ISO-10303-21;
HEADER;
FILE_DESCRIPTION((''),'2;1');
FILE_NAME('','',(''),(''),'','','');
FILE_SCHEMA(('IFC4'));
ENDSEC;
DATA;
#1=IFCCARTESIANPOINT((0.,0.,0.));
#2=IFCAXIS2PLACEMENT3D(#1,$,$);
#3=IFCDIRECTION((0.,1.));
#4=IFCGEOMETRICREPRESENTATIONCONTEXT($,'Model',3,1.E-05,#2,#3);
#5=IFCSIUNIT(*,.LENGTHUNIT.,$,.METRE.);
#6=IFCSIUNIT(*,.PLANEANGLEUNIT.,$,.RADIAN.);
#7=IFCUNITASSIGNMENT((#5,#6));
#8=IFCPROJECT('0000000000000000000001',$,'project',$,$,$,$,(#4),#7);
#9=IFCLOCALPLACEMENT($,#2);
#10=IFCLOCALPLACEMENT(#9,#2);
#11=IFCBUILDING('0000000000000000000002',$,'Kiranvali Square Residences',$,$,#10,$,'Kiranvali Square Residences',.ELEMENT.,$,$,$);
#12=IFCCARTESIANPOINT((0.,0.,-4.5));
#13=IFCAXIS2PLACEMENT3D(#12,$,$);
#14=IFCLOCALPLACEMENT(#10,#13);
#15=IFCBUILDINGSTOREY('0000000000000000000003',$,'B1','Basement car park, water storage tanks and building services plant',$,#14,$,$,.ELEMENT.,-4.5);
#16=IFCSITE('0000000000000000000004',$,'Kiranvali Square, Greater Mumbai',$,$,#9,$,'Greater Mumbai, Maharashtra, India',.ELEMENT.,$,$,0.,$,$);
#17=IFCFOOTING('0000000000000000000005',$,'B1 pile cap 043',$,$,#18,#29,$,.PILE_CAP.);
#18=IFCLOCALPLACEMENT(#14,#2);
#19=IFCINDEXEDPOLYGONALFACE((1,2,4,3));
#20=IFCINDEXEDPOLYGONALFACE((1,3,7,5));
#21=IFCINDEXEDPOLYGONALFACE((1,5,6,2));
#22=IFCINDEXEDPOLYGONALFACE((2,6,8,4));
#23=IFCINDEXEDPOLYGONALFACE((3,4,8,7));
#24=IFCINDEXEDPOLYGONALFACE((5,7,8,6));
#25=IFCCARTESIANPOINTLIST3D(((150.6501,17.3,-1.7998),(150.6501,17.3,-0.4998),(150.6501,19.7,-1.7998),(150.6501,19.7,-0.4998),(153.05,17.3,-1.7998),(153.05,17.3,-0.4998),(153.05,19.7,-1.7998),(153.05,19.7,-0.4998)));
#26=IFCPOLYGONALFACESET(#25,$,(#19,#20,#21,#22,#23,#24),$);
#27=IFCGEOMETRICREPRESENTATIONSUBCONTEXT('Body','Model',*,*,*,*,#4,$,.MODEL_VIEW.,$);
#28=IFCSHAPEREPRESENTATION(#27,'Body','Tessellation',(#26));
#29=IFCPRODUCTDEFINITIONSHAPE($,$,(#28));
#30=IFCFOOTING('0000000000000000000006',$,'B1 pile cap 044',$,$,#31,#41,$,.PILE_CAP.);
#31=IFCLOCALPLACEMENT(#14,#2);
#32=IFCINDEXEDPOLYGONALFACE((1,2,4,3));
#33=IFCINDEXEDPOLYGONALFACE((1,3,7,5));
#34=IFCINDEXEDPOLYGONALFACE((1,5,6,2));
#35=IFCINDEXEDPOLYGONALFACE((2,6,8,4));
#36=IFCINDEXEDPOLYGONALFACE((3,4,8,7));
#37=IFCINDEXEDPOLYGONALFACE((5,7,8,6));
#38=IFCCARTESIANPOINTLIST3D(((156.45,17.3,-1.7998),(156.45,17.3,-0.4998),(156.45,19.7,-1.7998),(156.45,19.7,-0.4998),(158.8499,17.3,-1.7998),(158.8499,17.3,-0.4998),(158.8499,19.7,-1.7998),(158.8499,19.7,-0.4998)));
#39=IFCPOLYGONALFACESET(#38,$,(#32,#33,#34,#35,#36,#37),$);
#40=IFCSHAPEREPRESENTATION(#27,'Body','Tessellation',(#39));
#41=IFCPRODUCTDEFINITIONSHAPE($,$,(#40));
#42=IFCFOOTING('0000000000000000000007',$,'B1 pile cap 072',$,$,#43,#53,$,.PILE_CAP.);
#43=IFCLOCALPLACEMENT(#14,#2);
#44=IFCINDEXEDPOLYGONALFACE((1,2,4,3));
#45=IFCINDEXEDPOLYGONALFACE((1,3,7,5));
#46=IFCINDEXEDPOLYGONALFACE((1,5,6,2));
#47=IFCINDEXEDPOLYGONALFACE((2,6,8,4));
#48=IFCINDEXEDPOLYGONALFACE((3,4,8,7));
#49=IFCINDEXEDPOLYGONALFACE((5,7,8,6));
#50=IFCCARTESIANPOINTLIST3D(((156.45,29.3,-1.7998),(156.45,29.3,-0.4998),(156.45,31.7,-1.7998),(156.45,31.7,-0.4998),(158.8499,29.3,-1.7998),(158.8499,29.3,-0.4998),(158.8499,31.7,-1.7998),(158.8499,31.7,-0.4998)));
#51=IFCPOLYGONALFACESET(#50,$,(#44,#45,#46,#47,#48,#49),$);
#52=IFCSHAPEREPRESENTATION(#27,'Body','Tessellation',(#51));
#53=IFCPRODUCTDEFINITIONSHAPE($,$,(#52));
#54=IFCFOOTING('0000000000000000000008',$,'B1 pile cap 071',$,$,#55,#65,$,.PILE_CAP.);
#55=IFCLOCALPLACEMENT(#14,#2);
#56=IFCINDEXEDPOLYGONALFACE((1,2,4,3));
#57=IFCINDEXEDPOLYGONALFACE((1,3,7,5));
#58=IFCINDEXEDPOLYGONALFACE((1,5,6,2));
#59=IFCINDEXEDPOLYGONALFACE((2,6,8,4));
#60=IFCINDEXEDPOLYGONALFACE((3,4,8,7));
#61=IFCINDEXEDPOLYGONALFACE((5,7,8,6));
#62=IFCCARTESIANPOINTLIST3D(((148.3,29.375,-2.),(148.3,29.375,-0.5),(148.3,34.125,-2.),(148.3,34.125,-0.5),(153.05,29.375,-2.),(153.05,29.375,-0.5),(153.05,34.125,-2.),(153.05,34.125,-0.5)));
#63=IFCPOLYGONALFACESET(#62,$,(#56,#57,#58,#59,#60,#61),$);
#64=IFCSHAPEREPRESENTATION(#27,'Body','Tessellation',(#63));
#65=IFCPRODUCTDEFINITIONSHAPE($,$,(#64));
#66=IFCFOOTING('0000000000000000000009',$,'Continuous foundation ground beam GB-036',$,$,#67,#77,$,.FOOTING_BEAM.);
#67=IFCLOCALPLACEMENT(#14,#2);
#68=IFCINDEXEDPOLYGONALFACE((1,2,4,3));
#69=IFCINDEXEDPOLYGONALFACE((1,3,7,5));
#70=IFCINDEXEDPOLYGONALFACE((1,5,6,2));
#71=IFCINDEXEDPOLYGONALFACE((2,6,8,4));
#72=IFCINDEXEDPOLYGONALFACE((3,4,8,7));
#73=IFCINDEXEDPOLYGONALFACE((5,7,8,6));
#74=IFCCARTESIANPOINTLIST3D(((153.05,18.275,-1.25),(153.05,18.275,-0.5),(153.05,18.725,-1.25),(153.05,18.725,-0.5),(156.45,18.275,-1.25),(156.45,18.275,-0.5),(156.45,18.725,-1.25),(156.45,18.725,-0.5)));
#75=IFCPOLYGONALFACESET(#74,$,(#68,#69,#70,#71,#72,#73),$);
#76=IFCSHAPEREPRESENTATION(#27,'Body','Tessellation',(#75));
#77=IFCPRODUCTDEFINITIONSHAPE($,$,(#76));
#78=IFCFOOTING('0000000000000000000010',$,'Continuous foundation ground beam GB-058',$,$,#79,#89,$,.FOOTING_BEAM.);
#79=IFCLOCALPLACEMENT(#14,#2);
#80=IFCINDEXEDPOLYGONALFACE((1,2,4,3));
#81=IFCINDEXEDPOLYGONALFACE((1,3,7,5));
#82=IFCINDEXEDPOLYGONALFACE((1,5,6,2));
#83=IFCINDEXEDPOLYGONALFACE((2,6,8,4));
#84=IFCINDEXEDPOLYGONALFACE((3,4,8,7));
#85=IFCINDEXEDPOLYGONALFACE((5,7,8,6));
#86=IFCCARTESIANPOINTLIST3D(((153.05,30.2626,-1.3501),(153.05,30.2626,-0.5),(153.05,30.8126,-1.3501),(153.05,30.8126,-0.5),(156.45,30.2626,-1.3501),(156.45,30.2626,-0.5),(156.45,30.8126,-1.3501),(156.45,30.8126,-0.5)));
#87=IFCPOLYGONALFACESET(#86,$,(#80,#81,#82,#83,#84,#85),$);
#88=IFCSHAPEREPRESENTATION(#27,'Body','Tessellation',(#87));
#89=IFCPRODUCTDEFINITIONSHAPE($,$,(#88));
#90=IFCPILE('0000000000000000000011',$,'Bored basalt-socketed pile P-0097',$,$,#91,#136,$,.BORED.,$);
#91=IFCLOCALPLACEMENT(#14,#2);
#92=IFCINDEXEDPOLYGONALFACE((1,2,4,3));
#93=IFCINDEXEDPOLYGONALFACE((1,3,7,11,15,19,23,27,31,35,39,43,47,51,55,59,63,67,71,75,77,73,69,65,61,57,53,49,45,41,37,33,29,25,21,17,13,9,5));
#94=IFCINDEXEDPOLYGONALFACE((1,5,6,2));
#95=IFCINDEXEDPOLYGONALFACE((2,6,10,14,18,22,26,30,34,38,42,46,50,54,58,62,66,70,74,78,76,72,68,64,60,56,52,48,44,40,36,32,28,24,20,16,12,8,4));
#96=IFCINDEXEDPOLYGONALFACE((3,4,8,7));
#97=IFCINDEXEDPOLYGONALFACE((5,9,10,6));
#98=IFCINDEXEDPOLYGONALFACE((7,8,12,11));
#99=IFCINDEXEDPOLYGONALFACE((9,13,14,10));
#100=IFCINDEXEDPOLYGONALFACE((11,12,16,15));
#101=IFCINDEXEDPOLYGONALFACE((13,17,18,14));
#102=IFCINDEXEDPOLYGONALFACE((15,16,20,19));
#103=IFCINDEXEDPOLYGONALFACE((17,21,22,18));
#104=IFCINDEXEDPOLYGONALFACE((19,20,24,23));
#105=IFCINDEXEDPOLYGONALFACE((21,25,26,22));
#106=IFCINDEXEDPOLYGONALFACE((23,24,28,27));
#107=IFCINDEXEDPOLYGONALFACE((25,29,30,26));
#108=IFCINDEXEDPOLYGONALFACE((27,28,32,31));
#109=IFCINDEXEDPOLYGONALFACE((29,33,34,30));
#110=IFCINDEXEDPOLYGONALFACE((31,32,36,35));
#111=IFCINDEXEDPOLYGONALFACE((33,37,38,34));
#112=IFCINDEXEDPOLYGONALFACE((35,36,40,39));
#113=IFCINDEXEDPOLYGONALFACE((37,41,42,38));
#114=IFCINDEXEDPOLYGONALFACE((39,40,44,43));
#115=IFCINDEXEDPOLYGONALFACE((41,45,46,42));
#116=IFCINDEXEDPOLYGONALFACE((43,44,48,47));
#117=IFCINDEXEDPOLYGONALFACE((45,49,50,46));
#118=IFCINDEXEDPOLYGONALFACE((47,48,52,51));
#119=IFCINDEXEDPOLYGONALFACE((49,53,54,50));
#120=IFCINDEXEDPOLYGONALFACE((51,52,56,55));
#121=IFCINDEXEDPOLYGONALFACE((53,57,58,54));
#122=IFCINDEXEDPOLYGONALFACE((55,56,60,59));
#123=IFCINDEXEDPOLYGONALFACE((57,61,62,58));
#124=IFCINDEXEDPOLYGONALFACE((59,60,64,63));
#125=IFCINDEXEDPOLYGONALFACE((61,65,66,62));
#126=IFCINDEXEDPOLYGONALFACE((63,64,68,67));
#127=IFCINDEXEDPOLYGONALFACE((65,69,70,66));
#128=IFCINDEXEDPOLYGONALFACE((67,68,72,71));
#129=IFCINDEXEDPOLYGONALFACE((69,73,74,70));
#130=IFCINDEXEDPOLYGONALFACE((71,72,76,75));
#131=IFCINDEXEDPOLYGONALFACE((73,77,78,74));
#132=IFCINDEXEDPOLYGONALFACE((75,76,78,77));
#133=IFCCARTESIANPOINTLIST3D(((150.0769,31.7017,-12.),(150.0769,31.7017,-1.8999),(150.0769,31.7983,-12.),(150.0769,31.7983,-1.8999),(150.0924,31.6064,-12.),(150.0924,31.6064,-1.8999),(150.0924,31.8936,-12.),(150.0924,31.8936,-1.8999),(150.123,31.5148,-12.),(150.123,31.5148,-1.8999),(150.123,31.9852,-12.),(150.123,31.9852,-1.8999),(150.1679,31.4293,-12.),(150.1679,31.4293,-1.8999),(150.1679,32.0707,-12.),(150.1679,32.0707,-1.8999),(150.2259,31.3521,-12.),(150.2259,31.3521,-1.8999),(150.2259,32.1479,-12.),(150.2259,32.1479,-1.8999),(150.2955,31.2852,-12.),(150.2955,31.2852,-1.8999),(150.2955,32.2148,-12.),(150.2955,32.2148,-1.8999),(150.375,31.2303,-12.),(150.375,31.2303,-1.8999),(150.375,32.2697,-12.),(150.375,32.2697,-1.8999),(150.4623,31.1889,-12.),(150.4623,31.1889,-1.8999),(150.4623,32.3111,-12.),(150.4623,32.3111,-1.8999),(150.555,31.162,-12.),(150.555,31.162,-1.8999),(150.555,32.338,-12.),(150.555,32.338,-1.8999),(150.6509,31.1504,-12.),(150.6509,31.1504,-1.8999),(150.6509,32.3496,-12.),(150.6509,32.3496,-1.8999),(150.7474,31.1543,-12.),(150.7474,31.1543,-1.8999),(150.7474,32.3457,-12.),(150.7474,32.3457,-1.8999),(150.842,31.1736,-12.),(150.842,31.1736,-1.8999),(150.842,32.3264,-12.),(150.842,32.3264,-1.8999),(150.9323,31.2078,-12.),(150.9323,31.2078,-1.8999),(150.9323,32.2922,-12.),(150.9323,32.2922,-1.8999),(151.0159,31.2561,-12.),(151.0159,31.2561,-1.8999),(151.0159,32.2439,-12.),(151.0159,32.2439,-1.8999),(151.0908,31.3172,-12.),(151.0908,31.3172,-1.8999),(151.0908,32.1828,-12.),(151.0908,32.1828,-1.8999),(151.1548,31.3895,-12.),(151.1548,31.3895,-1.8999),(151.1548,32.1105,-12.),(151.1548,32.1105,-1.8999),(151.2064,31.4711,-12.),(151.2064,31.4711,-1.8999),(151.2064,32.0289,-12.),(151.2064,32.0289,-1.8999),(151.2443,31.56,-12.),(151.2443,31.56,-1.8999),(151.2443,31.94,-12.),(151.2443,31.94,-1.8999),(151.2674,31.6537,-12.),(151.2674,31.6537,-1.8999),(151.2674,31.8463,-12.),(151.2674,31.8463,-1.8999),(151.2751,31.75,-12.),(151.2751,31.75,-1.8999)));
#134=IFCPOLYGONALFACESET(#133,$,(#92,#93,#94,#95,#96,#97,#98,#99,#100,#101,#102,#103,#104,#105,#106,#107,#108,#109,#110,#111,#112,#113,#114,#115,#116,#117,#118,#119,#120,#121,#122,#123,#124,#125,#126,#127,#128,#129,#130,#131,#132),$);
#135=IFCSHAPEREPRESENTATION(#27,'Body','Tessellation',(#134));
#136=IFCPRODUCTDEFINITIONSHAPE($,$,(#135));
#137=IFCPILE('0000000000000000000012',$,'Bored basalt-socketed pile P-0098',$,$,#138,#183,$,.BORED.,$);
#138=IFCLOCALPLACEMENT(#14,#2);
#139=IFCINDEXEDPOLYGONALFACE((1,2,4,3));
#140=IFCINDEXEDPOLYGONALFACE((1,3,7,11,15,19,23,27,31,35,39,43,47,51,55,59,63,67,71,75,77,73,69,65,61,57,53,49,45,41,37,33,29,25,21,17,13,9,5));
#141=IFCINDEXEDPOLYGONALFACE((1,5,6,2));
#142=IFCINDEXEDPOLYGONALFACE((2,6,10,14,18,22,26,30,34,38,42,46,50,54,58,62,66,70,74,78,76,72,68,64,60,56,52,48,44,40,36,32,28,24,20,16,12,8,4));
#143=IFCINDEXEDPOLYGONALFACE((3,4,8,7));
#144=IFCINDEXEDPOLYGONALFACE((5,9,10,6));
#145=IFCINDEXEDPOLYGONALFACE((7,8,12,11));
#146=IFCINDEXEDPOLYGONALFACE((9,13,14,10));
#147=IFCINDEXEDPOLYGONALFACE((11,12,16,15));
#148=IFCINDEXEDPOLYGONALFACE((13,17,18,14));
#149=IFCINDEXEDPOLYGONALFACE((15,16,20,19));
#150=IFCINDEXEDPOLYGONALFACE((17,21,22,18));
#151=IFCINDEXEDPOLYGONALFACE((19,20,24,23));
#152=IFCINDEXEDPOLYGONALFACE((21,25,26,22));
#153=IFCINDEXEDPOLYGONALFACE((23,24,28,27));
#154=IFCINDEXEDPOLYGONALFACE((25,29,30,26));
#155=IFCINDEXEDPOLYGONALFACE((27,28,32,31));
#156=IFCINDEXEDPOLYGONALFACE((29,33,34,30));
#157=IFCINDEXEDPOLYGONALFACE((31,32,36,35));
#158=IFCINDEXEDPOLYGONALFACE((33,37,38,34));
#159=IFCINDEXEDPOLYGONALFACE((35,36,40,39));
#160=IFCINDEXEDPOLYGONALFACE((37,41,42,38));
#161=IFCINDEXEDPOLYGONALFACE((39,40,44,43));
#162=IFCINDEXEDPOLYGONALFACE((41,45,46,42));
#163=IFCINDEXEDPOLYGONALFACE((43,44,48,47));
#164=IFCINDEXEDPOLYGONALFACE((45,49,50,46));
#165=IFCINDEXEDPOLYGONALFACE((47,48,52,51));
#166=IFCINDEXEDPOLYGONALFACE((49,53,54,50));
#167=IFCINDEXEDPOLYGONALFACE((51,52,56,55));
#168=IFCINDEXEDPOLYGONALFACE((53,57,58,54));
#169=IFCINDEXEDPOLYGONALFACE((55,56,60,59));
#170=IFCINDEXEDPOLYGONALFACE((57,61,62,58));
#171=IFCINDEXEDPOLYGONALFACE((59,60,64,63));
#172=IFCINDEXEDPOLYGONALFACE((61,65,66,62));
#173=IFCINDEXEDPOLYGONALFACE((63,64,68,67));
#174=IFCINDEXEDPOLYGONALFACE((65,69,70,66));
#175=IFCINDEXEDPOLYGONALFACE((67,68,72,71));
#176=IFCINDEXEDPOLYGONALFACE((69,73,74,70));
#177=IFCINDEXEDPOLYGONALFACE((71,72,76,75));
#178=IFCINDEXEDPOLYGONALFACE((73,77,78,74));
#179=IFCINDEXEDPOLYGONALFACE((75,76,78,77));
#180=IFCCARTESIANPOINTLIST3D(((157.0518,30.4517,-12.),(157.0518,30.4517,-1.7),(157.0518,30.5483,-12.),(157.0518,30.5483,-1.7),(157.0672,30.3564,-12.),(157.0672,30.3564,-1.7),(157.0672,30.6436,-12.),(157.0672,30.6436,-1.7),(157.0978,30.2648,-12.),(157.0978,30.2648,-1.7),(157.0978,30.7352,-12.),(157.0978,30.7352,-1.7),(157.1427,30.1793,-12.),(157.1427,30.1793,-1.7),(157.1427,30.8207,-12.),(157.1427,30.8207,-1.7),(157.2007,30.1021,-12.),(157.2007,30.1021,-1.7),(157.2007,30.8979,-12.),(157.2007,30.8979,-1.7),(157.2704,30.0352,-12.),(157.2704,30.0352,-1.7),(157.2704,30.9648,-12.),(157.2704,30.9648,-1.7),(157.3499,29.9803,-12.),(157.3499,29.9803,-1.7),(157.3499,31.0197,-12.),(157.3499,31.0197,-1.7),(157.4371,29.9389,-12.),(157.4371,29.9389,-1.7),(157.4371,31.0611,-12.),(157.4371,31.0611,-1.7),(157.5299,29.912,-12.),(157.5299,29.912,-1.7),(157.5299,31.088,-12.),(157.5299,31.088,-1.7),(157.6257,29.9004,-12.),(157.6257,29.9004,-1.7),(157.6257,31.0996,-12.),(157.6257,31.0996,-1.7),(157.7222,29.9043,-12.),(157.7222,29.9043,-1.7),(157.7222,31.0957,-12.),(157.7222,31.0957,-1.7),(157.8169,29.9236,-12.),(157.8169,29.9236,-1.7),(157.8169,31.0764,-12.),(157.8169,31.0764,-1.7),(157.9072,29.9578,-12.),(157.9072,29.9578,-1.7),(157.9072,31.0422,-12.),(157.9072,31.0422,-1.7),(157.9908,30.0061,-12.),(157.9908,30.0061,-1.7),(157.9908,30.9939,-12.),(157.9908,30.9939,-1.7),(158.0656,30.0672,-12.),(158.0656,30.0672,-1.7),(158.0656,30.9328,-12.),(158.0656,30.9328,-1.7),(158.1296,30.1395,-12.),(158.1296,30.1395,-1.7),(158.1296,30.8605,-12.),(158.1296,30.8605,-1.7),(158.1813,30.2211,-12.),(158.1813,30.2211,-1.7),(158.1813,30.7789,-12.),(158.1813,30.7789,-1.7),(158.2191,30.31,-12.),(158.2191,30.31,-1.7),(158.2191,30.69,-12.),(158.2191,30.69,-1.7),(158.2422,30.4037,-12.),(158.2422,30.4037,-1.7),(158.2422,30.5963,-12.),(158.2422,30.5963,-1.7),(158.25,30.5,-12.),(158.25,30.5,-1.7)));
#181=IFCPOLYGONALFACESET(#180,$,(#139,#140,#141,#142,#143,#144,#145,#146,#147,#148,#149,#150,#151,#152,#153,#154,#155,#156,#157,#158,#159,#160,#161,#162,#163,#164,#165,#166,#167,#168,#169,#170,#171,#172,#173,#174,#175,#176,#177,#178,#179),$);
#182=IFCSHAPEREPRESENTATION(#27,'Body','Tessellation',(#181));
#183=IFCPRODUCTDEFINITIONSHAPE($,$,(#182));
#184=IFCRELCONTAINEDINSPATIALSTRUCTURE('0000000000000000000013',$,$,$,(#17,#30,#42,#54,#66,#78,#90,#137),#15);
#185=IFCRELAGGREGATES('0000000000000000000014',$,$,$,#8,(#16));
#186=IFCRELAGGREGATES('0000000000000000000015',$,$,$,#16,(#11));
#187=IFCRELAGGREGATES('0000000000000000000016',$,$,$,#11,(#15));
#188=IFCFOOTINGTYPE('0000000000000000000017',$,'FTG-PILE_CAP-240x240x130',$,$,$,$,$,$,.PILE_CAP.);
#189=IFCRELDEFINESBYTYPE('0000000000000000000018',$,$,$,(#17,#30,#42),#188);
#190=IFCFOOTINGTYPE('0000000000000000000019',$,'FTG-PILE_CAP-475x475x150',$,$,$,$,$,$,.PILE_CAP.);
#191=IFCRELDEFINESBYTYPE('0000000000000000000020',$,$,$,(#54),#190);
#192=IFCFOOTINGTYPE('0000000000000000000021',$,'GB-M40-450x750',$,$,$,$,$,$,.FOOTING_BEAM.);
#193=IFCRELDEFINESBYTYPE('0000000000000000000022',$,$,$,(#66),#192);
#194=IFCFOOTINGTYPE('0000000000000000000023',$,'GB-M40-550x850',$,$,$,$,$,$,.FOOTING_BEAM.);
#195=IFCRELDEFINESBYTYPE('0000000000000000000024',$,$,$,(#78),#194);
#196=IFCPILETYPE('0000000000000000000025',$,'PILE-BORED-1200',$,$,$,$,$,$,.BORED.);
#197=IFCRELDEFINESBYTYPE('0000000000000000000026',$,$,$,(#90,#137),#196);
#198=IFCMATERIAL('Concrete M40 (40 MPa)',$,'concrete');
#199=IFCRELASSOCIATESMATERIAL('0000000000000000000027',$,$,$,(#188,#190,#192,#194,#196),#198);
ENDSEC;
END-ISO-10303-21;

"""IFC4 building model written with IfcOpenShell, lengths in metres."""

from ifc_helpers import new_model, si_unit, direction, frame, origin, origin_2d, place, context, subcontext, project, spatial, rectangle, circle, extrude, material, material_profile, profile_set, type_object, element, save


model = new_model("IFC4")

# Units and contexts
model_context = context("Model", 3, precision=1e-05, world=origin(), true_north=direction((0.0, 1.0)))
body_context = subcontext(model_context, "Body", "Model", "MODEL_VIEW")
ifc_project = project(units=[si_unit("LENGTHUNIT", "METRE"), si_unit("PLANEANGLEUNIT", "RADIAN")], contexts=[model_context])

# Site, building, storey
site_placement = place(None, origin())
site = spatial("IfcSite", under=ifc_project, at=site_placement, Name="Kiranvali Square, Greater Mumbai", LongName="Greater Mumbai, Maharashtra, India", CompositionType="ELEMENT", RefElevation=0.0)
building_placement = place(site_placement, origin())
building = spatial("IfcBuilding", under=site, at=building_placement, Name="Kiranvali Square Residences", LongName="Kiranvali Square Residences", CompositionType="ELEMENT")
storey_placement = place(building_placement, frame((0.0, 0.0, -4.5)))
storey = spatial("IfcBuildingStorey", under=building, at=storey_placement, Name="B1", Description="Basement car park, water storage tanks and building services plant", CompositionType="ELEMENT", Elevation=-4.5)

# Footings
ifc_material_1 = material(Name="Concrete M40 (40 MPa)", Category="concrete")
footing_type_1 = type_object("IfcFootingType", Name="FTG-PILE_CAP-240x240x130", PredefinedType="PILE_CAP", material=ifc_material_1)
for number, where, z_axis, x_axis, name in (
    (1, (151.8501, 18.5, -1.7998), (0.0, 0.0, 1.0), (1.0, 0.0, 0.0), "B1 pile cap 043"),
    (2, (157.6499, 18.5, -1.7998), (0.0, 0.0, 1.0), (1.0, 0.0, 0.0), "B1 pile cap 044"),
    (3, (157.6499, 30.5, -1.7998), (0.0, 0.0, 1.0), (1.0, 0.0, 0.0), "B1 pile cap 072"),
):
    element("IfcFooting", number, at=place(storey_placement, frame(where, z_axis=z_axis, x_axis=x_axis)), inside=storey, type_object=footing_type_1, Name=name, PredefinedType="PILE_CAP", context=body_context, shape_type="SweptSolid", body=[
        extrude(rectangle(XDim=2.3999, YDim=2.3999, at=origin_2d()), origin(), (0.0, 0.0, 1.0), 1.3),
    ])
footing_type_2 = type_object("IfcFootingType", Name="FTG-PILE_CAP-475x475x150", PredefinedType="PILE_CAP", material=ifc_material_1)
footing_1_placement = place(storey_placement, frame((150.675, 31.75, -2.0), z_axis=(0.0, 0.0, 1.0), x_axis=(1.0, 0.0, 0.0)))
element("IfcFooting", 4, at=footing_1_placement, inside=storey, type_object=footing_type_2, Name="B1 pile cap 071", PredefinedType="PILE_CAP", context=body_context, shape_type="SweptSolid", body=[
    extrude(rectangle(XDim=4.75, YDim=4.75, at=origin_2d()), origin(), (0.0, 0.0, 1.0), 1.5),
])
ifc_material_profile_1 = material_profile(ifc_material_1, rectangle(XDim=0.45, YDim=0.75, at=origin_2d()), Name="GB 450x750")
ifc_profile_set_1 = profile_set([ifc_material_profile_1], Name="Concrete M40 (40 MPa)")
footing_type_3 = type_object("IfcFootingType", Name="GB-M40-450x750", PredefinedType="FOOTING_BEAM", material=ifc_profile_set_1)
footing_2_placement = place(storey_placement, frame((153.05, 18.5, -0.875), z_axis=(1.0, 0.0, 0.0), x_axis=(0.0, 1.0, 0.0)))
element("IfcFooting", 5, at=footing_2_placement, inside=storey, type_object=footing_type_3, Name="Continuous foundation ground beam GB-036", PredefinedType="FOOTING_BEAM", context=body_context, shape_type="SweptSolid", body=[
    extrude(rectangle(XDim=0.45, YDim=0.75, at=origin_2d()), origin(), (0.0, 0.0, 1.0), 3.3999),
])
ifc_material_profile_2 = material_profile(ifc_material_1, rectangle(XDim=0.55, YDim=0.8501, at=origin_2d()), Name="GB 550x850")
ifc_profile_set_2 = profile_set([ifc_material_profile_2], Name="Concrete M40 (40 MPa)")
footing_type_4 = type_object("IfcFootingType", Name="GB-M40-550x850", PredefinedType="FOOTING_BEAM", material=ifc_profile_set_2)
footing_3_placement = place(storey_placement, frame((153.05, 30.5376, -0.925), z_axis=(1.0, 0.0, 0.0), x_axis=(0.0, 1.0, 0.0)))
element("IfcFooting", 6, at=footing_3_placement, inside=storey, type_object=footing_type_4, Name="Continuous foundation ground beam GB-058", PredefinedType="FOOTING_BEAM", context=body_context, shape_type="SweptSolid", body=[
    extrude(rectangle(XDim=0.55, YDim=0.8501, at=origin_2d()), origin(), (0.0, 0.0, 1.0), 3.3999),
])

# Piles
ifc_material_profile_3 = material_profile(ifc_material_1, circle(Radius=0.6001, at=origin_2d()), Name="BORED PILE 1200")
ifc_profile_set_3 = profile_set([ifc_material_profile_3], Name="Concrete M40 (40 MPa)")
pile_type_1 = type_object("IfcPileType", Name="PILE-BORED-1200", PredefinedType="BORED", material=ifc_profile_set_3)
pile_1_placement = place(storey_placement, frame((150.675, 31.75, -1.8999), z_axis=(0.0, 0.0, -1.0), x_axis=(1.0, 0.0, 0.0)))
element("IfcPile", 7, at=pile_1_placement, inside=storey, type_object=pile_type_1, Name="Bored basalt-socketed pile P-0097", PredefinedType="BORED", context=body_context, shape_type="SweptSolid", body=[
    extrude(circle(Radius=0.6001, at=origin_2d()), origin(), (0.0, 0.0, 1.0), 10.1001),
])
pile_2_placement = place(storey_placement, frame((157.6499, 30.5, -1.7), z_axis=(0.0, 0.0, -1.0), x_axis=(1.0, 0.0, 0.0)))
element("IfcPile", 8, at=pile_2_placement, inside=storey, type_object=pile_type_1, Name="Bored basalt-socketed pile P-0098", PredefinedType="BORED", context=body_context, shape_type="SweptSolid", body=[
    extrude(circle(Radius=0.6001, at=origin_2d()), origin(), (0.0, 0.0, 1.0), 10.3),
])

save(model, "model.ifc")
